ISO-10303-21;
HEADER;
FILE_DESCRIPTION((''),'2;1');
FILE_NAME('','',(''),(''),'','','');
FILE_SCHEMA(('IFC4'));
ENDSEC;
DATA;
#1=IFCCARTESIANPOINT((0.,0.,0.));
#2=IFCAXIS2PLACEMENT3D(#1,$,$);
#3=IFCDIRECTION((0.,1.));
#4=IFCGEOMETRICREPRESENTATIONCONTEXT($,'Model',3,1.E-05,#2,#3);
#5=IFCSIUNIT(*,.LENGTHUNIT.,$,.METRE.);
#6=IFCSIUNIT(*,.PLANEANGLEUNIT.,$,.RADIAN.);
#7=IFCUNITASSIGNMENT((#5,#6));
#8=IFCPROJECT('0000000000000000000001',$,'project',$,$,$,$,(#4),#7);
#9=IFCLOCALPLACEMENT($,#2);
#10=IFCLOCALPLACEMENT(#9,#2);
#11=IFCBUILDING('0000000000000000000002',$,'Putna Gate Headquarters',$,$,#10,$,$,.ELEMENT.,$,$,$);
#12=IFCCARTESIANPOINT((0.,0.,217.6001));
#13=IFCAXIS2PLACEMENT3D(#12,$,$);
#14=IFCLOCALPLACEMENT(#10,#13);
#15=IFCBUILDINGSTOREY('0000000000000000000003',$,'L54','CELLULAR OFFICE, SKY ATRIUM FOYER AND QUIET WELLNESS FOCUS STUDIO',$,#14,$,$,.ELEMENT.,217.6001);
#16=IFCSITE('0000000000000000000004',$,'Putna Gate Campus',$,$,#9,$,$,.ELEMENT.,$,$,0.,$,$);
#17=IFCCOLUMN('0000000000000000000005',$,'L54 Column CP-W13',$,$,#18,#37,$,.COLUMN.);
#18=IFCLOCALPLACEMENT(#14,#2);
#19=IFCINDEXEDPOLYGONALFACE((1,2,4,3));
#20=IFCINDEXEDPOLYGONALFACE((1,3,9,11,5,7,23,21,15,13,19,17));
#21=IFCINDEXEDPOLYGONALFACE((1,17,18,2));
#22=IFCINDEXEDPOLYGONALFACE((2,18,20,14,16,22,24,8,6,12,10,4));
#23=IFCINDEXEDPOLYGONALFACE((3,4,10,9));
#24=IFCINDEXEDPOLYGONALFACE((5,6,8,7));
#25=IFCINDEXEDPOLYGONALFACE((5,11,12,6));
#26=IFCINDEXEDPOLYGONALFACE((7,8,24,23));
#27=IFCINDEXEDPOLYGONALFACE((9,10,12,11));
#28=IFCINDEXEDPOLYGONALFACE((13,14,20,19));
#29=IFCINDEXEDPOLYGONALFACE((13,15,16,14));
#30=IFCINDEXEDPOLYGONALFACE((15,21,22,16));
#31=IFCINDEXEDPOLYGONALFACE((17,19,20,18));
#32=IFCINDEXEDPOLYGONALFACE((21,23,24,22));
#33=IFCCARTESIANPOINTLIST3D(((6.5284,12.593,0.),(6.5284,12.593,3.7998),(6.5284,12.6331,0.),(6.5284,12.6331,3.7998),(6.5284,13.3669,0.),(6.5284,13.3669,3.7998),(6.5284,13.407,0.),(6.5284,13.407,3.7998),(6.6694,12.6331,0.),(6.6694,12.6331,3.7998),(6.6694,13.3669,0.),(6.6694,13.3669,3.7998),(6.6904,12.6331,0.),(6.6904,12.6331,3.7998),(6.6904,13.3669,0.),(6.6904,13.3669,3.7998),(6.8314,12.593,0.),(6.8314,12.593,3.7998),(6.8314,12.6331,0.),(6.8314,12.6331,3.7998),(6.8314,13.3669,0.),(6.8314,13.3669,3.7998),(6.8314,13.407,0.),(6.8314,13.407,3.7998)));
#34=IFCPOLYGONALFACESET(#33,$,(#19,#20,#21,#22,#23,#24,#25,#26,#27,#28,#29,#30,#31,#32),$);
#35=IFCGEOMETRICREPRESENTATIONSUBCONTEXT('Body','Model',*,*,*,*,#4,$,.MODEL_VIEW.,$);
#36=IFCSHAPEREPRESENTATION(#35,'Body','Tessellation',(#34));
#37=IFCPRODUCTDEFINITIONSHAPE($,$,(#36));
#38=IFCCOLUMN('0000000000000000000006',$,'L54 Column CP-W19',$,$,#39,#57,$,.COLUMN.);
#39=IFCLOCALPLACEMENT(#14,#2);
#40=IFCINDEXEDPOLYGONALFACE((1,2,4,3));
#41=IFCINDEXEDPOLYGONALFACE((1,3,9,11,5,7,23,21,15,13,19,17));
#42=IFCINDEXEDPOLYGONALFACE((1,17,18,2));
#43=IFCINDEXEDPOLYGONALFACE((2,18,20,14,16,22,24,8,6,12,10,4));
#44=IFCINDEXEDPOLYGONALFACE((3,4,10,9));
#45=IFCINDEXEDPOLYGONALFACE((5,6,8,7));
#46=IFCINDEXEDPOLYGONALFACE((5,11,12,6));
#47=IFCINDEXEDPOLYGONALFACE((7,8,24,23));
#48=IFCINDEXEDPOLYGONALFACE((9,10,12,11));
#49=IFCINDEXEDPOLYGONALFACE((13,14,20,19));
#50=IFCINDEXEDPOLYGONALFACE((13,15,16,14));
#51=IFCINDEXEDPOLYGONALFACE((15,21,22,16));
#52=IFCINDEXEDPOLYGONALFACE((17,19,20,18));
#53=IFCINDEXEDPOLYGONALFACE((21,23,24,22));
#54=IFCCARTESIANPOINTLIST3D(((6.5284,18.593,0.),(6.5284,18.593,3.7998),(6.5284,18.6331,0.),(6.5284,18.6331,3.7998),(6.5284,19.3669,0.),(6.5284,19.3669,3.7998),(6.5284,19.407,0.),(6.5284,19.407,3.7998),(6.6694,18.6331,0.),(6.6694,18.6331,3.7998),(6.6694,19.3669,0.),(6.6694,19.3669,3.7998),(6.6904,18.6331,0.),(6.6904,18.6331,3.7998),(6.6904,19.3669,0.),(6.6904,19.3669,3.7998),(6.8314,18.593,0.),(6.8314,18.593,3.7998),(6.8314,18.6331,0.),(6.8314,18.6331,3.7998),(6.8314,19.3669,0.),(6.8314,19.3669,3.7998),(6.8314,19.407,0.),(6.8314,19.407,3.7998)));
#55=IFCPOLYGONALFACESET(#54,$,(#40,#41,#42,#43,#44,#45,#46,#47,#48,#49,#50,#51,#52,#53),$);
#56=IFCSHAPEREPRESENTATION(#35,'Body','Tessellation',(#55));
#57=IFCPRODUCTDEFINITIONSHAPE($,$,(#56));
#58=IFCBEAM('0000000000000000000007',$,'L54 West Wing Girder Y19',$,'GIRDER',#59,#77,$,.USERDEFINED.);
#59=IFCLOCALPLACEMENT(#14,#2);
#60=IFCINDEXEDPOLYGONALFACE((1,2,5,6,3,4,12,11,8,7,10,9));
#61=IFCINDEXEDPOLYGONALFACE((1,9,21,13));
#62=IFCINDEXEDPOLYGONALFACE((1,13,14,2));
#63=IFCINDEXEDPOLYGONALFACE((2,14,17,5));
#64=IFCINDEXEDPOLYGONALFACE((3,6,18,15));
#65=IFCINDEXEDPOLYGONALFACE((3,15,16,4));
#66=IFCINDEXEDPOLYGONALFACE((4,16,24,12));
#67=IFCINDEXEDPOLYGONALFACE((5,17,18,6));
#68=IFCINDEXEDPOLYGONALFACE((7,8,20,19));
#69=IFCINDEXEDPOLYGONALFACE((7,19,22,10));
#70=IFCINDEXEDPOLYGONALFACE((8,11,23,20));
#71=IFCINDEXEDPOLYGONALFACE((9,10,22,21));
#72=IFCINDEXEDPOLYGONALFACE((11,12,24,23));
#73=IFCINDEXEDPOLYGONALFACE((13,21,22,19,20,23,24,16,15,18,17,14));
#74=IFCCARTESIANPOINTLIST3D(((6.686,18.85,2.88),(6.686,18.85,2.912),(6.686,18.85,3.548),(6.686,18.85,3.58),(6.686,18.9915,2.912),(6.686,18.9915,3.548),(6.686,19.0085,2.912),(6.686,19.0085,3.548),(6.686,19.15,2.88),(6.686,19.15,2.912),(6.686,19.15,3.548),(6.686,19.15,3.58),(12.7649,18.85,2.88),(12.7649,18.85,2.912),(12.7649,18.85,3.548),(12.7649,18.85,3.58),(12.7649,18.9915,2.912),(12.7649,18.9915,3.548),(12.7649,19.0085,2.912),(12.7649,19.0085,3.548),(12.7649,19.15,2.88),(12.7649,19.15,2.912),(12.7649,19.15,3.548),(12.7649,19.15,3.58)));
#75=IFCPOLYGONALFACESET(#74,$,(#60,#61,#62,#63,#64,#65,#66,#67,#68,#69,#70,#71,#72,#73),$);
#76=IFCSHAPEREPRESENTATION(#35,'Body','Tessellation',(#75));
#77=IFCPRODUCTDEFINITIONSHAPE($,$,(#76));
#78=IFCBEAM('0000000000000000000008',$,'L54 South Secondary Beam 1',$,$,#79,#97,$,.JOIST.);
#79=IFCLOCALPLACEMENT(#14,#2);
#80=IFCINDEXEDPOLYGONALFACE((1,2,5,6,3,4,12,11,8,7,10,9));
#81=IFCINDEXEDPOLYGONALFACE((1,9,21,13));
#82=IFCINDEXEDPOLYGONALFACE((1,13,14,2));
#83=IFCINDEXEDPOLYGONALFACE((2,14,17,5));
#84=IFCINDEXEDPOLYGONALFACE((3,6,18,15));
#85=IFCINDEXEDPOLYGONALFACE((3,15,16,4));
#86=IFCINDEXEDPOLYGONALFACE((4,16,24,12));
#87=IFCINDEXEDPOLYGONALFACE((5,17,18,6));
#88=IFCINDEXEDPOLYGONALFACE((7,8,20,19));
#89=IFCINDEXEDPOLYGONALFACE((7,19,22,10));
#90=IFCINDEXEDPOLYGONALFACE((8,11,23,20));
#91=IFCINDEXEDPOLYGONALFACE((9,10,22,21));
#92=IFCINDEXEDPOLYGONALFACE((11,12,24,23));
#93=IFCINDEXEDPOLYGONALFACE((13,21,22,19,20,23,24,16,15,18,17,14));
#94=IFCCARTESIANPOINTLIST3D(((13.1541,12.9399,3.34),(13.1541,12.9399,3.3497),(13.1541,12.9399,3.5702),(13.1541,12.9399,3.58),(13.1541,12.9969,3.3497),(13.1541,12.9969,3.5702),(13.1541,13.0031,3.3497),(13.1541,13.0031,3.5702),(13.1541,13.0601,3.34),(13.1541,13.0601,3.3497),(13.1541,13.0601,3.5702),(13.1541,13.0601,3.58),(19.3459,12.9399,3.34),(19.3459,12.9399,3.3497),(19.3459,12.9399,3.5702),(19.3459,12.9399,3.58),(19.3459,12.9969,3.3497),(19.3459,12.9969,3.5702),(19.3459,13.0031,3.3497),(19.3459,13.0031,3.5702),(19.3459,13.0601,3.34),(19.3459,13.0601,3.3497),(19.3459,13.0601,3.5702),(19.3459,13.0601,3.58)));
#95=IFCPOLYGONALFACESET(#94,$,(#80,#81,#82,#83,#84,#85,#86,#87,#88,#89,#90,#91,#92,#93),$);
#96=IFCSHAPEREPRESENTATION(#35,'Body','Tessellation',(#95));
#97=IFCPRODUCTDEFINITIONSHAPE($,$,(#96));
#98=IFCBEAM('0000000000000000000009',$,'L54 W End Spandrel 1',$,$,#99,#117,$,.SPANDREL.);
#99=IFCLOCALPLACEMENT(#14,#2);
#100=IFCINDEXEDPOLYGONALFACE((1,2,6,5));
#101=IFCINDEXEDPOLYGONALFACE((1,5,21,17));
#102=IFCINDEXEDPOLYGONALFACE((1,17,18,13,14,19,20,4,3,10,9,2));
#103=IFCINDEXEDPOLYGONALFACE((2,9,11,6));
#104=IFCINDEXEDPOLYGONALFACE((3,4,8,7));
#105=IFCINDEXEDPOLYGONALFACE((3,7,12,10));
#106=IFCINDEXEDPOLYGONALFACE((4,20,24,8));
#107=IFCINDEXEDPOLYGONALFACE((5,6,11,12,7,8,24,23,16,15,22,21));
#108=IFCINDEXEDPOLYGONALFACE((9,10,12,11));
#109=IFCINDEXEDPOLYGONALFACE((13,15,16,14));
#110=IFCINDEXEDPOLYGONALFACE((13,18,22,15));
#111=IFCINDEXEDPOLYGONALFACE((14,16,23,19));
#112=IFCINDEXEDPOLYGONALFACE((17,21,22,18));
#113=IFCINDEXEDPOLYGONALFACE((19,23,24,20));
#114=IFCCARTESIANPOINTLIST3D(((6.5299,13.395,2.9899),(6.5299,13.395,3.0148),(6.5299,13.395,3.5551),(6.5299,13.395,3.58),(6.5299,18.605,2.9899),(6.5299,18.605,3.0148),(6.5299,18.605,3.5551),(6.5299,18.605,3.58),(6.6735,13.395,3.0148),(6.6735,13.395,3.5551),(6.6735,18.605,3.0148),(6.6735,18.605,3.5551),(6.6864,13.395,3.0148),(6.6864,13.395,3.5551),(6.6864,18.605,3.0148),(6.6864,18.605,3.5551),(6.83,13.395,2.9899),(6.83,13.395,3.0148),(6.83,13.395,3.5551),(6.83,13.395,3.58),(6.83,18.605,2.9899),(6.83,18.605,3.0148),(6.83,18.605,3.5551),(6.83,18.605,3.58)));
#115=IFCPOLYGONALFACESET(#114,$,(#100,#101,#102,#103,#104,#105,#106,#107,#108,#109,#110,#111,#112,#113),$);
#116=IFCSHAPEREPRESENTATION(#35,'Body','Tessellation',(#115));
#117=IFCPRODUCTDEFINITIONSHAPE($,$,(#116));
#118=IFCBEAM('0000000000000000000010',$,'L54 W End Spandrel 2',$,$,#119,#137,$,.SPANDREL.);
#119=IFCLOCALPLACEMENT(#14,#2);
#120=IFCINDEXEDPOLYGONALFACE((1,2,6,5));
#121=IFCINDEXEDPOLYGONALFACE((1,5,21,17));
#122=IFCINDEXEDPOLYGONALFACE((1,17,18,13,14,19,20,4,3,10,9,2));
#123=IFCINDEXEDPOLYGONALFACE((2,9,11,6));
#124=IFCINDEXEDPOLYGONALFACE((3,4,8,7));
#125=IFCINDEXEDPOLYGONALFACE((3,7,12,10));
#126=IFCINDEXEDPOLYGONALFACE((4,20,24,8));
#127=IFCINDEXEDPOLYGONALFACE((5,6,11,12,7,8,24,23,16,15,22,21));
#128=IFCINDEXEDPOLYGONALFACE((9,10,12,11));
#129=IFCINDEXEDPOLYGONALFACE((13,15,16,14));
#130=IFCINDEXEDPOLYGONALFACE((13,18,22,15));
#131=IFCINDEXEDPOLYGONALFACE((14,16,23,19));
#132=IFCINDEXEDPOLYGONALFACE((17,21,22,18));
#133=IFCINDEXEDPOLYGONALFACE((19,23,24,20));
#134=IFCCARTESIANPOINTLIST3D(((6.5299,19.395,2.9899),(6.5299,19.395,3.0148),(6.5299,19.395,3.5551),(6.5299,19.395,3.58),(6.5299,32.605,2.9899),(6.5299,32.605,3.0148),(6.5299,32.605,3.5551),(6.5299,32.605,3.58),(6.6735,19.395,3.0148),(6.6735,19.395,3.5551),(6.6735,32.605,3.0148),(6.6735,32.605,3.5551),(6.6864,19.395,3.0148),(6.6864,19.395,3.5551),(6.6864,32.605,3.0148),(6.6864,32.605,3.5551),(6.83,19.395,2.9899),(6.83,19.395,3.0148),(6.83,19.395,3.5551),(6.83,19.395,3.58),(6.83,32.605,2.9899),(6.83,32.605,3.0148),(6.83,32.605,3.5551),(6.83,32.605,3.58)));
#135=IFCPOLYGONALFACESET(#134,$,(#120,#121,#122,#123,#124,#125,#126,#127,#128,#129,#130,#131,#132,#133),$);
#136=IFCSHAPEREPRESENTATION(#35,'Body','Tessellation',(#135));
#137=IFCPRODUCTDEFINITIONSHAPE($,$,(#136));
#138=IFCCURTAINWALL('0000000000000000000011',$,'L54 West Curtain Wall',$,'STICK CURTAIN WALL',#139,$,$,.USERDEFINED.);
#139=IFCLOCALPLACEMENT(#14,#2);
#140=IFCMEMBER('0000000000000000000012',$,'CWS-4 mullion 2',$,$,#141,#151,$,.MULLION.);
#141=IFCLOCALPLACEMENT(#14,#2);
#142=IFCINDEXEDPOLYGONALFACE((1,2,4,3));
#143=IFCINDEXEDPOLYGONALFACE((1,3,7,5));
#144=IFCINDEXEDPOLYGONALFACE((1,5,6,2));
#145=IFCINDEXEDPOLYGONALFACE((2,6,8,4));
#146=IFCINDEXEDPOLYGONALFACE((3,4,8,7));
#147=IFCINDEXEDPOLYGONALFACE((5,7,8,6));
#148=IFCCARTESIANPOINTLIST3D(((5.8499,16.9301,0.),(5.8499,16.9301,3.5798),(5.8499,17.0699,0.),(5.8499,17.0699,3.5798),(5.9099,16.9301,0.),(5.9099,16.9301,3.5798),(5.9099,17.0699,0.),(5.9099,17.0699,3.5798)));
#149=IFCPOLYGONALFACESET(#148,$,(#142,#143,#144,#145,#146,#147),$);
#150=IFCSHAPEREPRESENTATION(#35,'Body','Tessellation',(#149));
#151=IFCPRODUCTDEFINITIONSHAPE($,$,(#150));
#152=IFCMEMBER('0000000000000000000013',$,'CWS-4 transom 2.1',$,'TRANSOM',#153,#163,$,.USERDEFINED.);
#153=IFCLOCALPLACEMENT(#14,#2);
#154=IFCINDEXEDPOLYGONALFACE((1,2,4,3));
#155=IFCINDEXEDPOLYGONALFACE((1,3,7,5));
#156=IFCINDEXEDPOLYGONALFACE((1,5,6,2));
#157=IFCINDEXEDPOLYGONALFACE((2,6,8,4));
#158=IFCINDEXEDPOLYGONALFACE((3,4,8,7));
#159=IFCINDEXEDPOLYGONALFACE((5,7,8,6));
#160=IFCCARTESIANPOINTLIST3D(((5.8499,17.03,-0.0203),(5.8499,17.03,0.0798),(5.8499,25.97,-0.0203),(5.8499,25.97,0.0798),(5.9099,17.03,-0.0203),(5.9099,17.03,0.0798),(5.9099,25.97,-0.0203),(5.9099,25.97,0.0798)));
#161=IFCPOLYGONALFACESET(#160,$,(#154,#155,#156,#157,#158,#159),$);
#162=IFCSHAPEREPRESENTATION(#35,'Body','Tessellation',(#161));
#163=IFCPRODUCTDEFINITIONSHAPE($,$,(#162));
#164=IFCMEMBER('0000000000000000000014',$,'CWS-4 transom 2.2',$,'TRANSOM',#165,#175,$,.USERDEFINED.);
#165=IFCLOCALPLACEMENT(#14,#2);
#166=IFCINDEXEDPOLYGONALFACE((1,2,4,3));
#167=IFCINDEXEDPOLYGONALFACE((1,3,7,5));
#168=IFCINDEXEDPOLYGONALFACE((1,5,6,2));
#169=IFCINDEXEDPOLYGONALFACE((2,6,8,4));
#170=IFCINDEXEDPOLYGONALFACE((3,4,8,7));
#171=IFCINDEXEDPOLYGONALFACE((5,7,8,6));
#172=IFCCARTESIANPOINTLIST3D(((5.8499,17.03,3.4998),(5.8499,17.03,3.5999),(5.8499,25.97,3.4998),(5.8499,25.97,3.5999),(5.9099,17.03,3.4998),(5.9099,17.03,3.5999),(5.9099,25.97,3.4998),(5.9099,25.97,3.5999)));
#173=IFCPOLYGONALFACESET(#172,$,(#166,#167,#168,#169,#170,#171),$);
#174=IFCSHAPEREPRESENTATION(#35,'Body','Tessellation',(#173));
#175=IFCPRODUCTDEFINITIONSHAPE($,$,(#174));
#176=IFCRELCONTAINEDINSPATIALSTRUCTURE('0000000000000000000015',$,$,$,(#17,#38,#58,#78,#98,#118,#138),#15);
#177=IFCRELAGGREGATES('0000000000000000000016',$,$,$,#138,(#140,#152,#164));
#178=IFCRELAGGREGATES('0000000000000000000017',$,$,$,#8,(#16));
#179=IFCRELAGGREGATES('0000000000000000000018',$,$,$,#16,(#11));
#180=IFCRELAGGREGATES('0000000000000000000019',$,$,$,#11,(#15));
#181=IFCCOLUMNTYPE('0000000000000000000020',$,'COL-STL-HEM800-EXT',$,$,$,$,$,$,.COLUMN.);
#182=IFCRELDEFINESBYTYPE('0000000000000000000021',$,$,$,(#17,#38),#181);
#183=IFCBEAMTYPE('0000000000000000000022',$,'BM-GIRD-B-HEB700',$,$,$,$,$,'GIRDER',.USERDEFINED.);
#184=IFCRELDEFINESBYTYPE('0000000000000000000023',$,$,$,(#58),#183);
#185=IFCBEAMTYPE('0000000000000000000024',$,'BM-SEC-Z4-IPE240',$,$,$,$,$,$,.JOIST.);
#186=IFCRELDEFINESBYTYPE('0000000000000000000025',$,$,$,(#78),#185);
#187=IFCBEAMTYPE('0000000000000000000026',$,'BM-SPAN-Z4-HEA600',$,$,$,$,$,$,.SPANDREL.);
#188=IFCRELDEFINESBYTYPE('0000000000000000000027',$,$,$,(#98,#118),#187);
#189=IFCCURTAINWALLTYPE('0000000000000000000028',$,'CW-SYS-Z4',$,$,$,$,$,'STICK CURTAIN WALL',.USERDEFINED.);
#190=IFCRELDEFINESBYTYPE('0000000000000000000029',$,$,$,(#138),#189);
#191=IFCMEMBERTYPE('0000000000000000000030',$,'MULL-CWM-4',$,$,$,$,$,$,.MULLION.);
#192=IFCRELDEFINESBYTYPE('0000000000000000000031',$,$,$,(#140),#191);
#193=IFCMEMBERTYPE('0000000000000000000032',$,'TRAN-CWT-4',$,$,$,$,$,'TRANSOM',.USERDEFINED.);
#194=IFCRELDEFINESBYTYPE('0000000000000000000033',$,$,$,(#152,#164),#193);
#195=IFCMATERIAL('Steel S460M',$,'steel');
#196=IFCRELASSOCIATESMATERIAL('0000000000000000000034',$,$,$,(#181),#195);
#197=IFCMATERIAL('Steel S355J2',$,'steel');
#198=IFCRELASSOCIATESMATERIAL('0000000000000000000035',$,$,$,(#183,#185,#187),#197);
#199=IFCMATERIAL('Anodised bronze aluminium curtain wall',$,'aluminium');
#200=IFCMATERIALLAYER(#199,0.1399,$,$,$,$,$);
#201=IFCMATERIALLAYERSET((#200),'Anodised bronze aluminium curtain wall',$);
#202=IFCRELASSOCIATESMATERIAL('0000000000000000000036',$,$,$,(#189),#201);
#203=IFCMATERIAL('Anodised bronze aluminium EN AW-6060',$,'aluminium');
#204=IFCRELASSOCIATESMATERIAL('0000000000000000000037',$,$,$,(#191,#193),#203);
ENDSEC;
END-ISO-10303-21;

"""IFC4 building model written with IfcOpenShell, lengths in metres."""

from ifc_helpers import new_model, si_unit, direction, frame, origin, origin_2d, place, context, subcontext, project, spatial, rectangle, i_section, extrude, material, layer, layer_set, material_profile, profile_set, type_object, element, aggregate, save


model = new_model("IFC4")

# Units and contexts
model_context = context("Model", 3, precision=1e-05, world=origin(), true_north=direction((0.0, 1.0)))
body_context = subcontext(model_context, "Body", "Model", "MODEL_VIEW")
ifc_project = project(units=[si_unit("LENGTHUNIT", "METRE"), si_unit("PLANEANGLEUNIT", "RADIAN")], contexts=[model_context])

# Site, building, storey
site_placement = place(None, origin())
site = spatial("IfcSite", under=ifc_project, at=site_placement, Name="Putna Gate Campus", CompositionType="ELEMENT", RefElevation=0.0)
building_placement = place(site_placement, origin())
building = spatial("IfcBuilding", under=site, at=building_placement, Name="Putna Gate Headquarters", CompositionType="ELEMENT")
storey_placement = place(building_placement, frame((0.0, 0.0, 217.6001)))
storey = spatial("IfcBuildingStorey", under=building, at=storey_placement, Name="L54", Description="CELLULAR OFFICE, SKY ATRIUM FOYER AND QUIET WELLNESS FOCUS STUDIO", CompositionType="ELEMENT", Elevation=217.6001)

# Columns
ifc_material_1 = material(Name="Steel S460M", Category="steel")
ifc_material_profile_1 = material_profile(ifc_material_1, i_section(OverallWidth=0.303, OverallDepth=0.814, WebThickness=0.021, FlangeThickness=0.04, at=origin_2d()), Name="Steel S460M")
ifc_profile_set_1 = profile_set([ifc_material_profile_1], Name="Steel S460M")
column_type = type_object("IfcColumnType", Name="COL-STL-HEM800-EXT", PredefinedType="COLUMN", material=ifc_profile_set_1)
for number, where, z_axis, x_axis, name in (
    (1, (6.6799, 13.0, 0.0), (0.0, 0.0, 1.0), (1.0, 0.0, 0.0), "L54 Column CP-W13"),
    (2, (6.6799, 19.0, 0.0), (0.0, 0.0, 1.0), (1.0, 0.0, 0.0), "L54 Column CP-W19"),
):
    element("IfcColumn", number, at=place(storey_placement, frame(where, z_axis=z_axis, x_axis=x_axis)), inside=storey, type_object=column_type, Name=name, PredefinedType="COLUMN", context=body_context, shape_type="SweptSolid", body=[
        extrude(i_section(OverallWidth=0.303, OverallDepth=0.814, WebThickness=0.021, FlangeThickness=0.04, at=origin_2d()), origin(), (0.0, 0.0, 1.0), 3.7998),
    ])

# Beams
ifc_material_2 = material(Name="Steel S355J2", Category="steel")
ifc_material_profile_2 = material_profile(ifc_material_2, i_section(OverallWidth=0.3, OverallDepth=0.7, WebThickness=0.0171, FlangeThickness=0.032, at=origin_2d()), Name="Steel S355J2")
ifc_profile_set_2 = profile_set([ifc_material_profile_2], Name="Steel S355J2")
beam_type_1 = type_object("IfcBeamType", Name="BM-GIRD-B-HEB700", ElementType="GIRDER", PredefinedType="USERDEFINED", material=ifc_profile_set_2)
beam_1_placement = place(storey_placement, frame((6.686, 19.0, 3.23), z_axis=(1.0, 0.0, 0.0), x_axis=(0.0, 1.0, 0.0)))
element("IfcBeam", 3, at=beam_1_placement, inside=storey, type_object=beam_type_1, Name="L54 West Wing Girder Y19", ObjectType="GIRDER", PredefinedType="USERDEFINED", context=body_context, shape_type="SweptSolid", body=[
    extrude(i_section(OverallWidth=0.3, OverallDepth=0.7, WebThickness=0.0171, FlangeThickness=0.032, at=origin_2d()), origin(), (0.0, 0.0, 1.0), 6.0789),
])
ifc_material_profile_3 = material_profile(ifc_material_2, i_section(OverallWidth=0.1201, OverallDepth=0.24, WebThickness=0.0061, FlangeThickness=0.0098, at=origin_2d()), Name="Steel S355J2")
ifc_profile_set_3 = profile_set([ifc_material_profile_3], Name="Steel S355J2")
beam_type_2 = type_object("IfcBeamType", Name="BM-SEC-Z4-IPE240", PredefinedType="JOIST", material=ifc_profile_set_3)
beam_2_placement = place(storey_placement, frame((13.1541, 13.0, 3.46), z_axis=(1.0, 0.0, 0.0), x_axis=(0.0, 1.0, 0.0)))
element("IfcBeam", 4, at=beam_2_placement, inside=storey, type_object=beam_type_2, Name="L54 South Secondary Beam 1", PredefinedType="JOIST", context=body_context, shape_type="SweptSolid", body=[
    extrude(i_section(OverallWidth=0.1201, OverallDepth=0.24, WebThickness=0.0061, FlangeThickness=0.0098, at=origin_2d()), origin(), (0.0, 0.0, 1.0), 6.1919),
])
ifc_material_profile_4 = material_profile(ifc_material_2, i_section(OverallWidth=0.3, OverallDepth=0.5901, WebThickness=0.0129, FlangeThickness=0.0249, at=origin_2d()), Name="Steel S355J2")
ifc_profile_set_4 = profile_set([ifc_material_profile_4], Name="Steel S355J2")
beam_type_3 = type_object("IfcBeamType", Name="BM-SPAN-Z4-HEA600", PredefinedType="SPANDREL", material=ifc_profile_set_4)
beam_3_placement = place(storey_placement, frame((6.6799, 13.395, 3.2849), z_axis=(0.0, 1.0, 0.0), x_axis=(-1.0, 0.0, 0.0)))
element("IfcBeam", 5, at=beam_3_placement, inside=storey, type_object=beam_type_3, Name="L54 W End Spandrel 1", PredefinedType="SPANDREL", context=body_context, shape_type="SweptSolid", body=[
    extrude(i_section(OverallWidth=0.3, OverallDepth=0.5901, WebThickness=0.0129, FlangeThickness=0.0249, at=origin_2d()), origin(), (0.0, 0.0, 1.0), 5.21),
])
beam_4_placement = place(storey_placement, frame((6.6799, 19.395, 3.2849), z_axis=(0.0, 1.0, 0.0), x_axis=(-1.0, 0.0, 0.0)))
element("IfcBeam", 6, at=beam_4_placement, inside=storey, type_object=beam_type_3, Name="L54 W End Spandrel 2", PredefinedType="SPANDREL", context=body_context, shape_type="SweptSolid", body=[
    extrude(i_section(OverallWidth=0.3, OverallDepth=0.5901, WebThickness=0.0129, FlangeThickness=0.0249, at=origin_2d()), origin(), (0.0, 0.0, 1.0), 13.21),
])

# Curtain wall, members
ifc_material_3 = material(Name="Anodised bronze aluminium curtain wall", Category="aluminium")
ifc_layer_1 = layer(ifc_material_3, 0.1399)
ifc_layer_set_1 = layer_set([ifc_layer_1], Name="Anodised bronze aluminium curtain wall")
curtain_wall_type = type_object("IfcCurtainWallType", Name="CW-SYS-Z4", ElementType="STICK CURTAIN WALL", PredefinedType="USERDEFINED", material=ifc_layer_set_1)
curtain_wall_placement = place(storey_placement, origin())
curtain_wall = element("IfcCurtainWall", 7, at=curtain_wall_placement, inside=storey, type_object=curtain_wall_type, Name="L54 West Curtain Wall", ObjectType="STICK CURTAIN WALL", PredefinedType="USERDEFINED")
ifc_material_4 = material(Name="Anodised bronze aluminium EN AW-6060", Category="aluminium")
ifc_material_profile_5 = material_profile(ifc_material_4, rectangle(XDim=0.0601, YDim=0.1399, at=origin_2d()), Name="Anodised bronze aluminium EN AW-6060")
ifc_profile_set_5 = profile_set([ifc_material_profile_5], Name="Anodised bronze aluminium EN AW-6060")
member_type_1 = type_object("IfcMemberType", Name="MULL-CWM-4", PredefinedType="MULLION", material=ifc_profile_set_5)
member_1_placement = place(storey_placement, frame((5.8799, 17.0, 0.0), z_axis=(0.0, 0.0, 1.0), x_axis=(-1.0, 0.0, 0.0)))
member_1 = element("IfcMember", 8, at=member_1_placement, type_object=member_type_1, Name="CWS-4 mullion 2", PredefinedType="MULLION", context=body_context, shape_type="SweptSolid", body=[
    extrude(rectangle(XDim=0.0601, YDim=0.1399, at=origin_2d()), origin(), (0.0, 0.0, 1.0), 3.5798),
])
ifc_material_profile_6 = material_profile(ifc_material_4, rectangle(XDim=0.0601, YDim=0.1001, at=origin_2d()), Name="Anodised bronze aluminium EN AW-6060")
ifc_profile_set_6 = profile_set([ifc_material_profile_6], Name="Anodised bronze aluminium EN AW-6060")
member_type_2 = type_object("IfcMemberType", Name="TRAN-CWT-4", ElementType="TRANSOM", PredefinedType="USERDEFINED", material=ifc_profile_set_6)
member_2_placement = place(storey_placement, frame((5.8799, 17.03, 0.0298), z_axis=(0.0, 1.0, 0.0), x_axis=(-1.0, 0.0, 0.0)))
member_2 = element("IfcMember", 9, at=member_2_placement, type_object=member_type_2, Name="CWS-4 transom 2.1", ObjectType="TRANSOM", PredefinedType="USERDEFINED", context=body_context, shape_type="SweptSolid", body=[
    extrude(rectangle(XDim=0.0601, YDim=0.1001, at=origin_2d()), origin(), (0.0, 0.0, 1.0), 8.9399),
])
member_3_placement = place(storey_placement, frame((5.8799, 17.03, 3.5498), z_axis=(0.0, 1.0, 0.0), x_axis=(-1.0, 0.0, 0.0)))
member_3 = element("IfcMember", 10, at=member_3_placement, type_object=member_type_2, Name="CWS-4 transom 2.2", ObjectType="TRANSOM", PredefinedType="USERDEFINED", context=body_context, shape_type="SweptSolid", body=[
    extrude(rectangle(XDim=0.0601, YDim=0.1001, at=origin_2d()), origin(), (0.0, 0.0, 1.0), 8.9399),
])
aggregate(curtain_wall, [member_1, member_2, member_3])

save(model, "model.ifc")
